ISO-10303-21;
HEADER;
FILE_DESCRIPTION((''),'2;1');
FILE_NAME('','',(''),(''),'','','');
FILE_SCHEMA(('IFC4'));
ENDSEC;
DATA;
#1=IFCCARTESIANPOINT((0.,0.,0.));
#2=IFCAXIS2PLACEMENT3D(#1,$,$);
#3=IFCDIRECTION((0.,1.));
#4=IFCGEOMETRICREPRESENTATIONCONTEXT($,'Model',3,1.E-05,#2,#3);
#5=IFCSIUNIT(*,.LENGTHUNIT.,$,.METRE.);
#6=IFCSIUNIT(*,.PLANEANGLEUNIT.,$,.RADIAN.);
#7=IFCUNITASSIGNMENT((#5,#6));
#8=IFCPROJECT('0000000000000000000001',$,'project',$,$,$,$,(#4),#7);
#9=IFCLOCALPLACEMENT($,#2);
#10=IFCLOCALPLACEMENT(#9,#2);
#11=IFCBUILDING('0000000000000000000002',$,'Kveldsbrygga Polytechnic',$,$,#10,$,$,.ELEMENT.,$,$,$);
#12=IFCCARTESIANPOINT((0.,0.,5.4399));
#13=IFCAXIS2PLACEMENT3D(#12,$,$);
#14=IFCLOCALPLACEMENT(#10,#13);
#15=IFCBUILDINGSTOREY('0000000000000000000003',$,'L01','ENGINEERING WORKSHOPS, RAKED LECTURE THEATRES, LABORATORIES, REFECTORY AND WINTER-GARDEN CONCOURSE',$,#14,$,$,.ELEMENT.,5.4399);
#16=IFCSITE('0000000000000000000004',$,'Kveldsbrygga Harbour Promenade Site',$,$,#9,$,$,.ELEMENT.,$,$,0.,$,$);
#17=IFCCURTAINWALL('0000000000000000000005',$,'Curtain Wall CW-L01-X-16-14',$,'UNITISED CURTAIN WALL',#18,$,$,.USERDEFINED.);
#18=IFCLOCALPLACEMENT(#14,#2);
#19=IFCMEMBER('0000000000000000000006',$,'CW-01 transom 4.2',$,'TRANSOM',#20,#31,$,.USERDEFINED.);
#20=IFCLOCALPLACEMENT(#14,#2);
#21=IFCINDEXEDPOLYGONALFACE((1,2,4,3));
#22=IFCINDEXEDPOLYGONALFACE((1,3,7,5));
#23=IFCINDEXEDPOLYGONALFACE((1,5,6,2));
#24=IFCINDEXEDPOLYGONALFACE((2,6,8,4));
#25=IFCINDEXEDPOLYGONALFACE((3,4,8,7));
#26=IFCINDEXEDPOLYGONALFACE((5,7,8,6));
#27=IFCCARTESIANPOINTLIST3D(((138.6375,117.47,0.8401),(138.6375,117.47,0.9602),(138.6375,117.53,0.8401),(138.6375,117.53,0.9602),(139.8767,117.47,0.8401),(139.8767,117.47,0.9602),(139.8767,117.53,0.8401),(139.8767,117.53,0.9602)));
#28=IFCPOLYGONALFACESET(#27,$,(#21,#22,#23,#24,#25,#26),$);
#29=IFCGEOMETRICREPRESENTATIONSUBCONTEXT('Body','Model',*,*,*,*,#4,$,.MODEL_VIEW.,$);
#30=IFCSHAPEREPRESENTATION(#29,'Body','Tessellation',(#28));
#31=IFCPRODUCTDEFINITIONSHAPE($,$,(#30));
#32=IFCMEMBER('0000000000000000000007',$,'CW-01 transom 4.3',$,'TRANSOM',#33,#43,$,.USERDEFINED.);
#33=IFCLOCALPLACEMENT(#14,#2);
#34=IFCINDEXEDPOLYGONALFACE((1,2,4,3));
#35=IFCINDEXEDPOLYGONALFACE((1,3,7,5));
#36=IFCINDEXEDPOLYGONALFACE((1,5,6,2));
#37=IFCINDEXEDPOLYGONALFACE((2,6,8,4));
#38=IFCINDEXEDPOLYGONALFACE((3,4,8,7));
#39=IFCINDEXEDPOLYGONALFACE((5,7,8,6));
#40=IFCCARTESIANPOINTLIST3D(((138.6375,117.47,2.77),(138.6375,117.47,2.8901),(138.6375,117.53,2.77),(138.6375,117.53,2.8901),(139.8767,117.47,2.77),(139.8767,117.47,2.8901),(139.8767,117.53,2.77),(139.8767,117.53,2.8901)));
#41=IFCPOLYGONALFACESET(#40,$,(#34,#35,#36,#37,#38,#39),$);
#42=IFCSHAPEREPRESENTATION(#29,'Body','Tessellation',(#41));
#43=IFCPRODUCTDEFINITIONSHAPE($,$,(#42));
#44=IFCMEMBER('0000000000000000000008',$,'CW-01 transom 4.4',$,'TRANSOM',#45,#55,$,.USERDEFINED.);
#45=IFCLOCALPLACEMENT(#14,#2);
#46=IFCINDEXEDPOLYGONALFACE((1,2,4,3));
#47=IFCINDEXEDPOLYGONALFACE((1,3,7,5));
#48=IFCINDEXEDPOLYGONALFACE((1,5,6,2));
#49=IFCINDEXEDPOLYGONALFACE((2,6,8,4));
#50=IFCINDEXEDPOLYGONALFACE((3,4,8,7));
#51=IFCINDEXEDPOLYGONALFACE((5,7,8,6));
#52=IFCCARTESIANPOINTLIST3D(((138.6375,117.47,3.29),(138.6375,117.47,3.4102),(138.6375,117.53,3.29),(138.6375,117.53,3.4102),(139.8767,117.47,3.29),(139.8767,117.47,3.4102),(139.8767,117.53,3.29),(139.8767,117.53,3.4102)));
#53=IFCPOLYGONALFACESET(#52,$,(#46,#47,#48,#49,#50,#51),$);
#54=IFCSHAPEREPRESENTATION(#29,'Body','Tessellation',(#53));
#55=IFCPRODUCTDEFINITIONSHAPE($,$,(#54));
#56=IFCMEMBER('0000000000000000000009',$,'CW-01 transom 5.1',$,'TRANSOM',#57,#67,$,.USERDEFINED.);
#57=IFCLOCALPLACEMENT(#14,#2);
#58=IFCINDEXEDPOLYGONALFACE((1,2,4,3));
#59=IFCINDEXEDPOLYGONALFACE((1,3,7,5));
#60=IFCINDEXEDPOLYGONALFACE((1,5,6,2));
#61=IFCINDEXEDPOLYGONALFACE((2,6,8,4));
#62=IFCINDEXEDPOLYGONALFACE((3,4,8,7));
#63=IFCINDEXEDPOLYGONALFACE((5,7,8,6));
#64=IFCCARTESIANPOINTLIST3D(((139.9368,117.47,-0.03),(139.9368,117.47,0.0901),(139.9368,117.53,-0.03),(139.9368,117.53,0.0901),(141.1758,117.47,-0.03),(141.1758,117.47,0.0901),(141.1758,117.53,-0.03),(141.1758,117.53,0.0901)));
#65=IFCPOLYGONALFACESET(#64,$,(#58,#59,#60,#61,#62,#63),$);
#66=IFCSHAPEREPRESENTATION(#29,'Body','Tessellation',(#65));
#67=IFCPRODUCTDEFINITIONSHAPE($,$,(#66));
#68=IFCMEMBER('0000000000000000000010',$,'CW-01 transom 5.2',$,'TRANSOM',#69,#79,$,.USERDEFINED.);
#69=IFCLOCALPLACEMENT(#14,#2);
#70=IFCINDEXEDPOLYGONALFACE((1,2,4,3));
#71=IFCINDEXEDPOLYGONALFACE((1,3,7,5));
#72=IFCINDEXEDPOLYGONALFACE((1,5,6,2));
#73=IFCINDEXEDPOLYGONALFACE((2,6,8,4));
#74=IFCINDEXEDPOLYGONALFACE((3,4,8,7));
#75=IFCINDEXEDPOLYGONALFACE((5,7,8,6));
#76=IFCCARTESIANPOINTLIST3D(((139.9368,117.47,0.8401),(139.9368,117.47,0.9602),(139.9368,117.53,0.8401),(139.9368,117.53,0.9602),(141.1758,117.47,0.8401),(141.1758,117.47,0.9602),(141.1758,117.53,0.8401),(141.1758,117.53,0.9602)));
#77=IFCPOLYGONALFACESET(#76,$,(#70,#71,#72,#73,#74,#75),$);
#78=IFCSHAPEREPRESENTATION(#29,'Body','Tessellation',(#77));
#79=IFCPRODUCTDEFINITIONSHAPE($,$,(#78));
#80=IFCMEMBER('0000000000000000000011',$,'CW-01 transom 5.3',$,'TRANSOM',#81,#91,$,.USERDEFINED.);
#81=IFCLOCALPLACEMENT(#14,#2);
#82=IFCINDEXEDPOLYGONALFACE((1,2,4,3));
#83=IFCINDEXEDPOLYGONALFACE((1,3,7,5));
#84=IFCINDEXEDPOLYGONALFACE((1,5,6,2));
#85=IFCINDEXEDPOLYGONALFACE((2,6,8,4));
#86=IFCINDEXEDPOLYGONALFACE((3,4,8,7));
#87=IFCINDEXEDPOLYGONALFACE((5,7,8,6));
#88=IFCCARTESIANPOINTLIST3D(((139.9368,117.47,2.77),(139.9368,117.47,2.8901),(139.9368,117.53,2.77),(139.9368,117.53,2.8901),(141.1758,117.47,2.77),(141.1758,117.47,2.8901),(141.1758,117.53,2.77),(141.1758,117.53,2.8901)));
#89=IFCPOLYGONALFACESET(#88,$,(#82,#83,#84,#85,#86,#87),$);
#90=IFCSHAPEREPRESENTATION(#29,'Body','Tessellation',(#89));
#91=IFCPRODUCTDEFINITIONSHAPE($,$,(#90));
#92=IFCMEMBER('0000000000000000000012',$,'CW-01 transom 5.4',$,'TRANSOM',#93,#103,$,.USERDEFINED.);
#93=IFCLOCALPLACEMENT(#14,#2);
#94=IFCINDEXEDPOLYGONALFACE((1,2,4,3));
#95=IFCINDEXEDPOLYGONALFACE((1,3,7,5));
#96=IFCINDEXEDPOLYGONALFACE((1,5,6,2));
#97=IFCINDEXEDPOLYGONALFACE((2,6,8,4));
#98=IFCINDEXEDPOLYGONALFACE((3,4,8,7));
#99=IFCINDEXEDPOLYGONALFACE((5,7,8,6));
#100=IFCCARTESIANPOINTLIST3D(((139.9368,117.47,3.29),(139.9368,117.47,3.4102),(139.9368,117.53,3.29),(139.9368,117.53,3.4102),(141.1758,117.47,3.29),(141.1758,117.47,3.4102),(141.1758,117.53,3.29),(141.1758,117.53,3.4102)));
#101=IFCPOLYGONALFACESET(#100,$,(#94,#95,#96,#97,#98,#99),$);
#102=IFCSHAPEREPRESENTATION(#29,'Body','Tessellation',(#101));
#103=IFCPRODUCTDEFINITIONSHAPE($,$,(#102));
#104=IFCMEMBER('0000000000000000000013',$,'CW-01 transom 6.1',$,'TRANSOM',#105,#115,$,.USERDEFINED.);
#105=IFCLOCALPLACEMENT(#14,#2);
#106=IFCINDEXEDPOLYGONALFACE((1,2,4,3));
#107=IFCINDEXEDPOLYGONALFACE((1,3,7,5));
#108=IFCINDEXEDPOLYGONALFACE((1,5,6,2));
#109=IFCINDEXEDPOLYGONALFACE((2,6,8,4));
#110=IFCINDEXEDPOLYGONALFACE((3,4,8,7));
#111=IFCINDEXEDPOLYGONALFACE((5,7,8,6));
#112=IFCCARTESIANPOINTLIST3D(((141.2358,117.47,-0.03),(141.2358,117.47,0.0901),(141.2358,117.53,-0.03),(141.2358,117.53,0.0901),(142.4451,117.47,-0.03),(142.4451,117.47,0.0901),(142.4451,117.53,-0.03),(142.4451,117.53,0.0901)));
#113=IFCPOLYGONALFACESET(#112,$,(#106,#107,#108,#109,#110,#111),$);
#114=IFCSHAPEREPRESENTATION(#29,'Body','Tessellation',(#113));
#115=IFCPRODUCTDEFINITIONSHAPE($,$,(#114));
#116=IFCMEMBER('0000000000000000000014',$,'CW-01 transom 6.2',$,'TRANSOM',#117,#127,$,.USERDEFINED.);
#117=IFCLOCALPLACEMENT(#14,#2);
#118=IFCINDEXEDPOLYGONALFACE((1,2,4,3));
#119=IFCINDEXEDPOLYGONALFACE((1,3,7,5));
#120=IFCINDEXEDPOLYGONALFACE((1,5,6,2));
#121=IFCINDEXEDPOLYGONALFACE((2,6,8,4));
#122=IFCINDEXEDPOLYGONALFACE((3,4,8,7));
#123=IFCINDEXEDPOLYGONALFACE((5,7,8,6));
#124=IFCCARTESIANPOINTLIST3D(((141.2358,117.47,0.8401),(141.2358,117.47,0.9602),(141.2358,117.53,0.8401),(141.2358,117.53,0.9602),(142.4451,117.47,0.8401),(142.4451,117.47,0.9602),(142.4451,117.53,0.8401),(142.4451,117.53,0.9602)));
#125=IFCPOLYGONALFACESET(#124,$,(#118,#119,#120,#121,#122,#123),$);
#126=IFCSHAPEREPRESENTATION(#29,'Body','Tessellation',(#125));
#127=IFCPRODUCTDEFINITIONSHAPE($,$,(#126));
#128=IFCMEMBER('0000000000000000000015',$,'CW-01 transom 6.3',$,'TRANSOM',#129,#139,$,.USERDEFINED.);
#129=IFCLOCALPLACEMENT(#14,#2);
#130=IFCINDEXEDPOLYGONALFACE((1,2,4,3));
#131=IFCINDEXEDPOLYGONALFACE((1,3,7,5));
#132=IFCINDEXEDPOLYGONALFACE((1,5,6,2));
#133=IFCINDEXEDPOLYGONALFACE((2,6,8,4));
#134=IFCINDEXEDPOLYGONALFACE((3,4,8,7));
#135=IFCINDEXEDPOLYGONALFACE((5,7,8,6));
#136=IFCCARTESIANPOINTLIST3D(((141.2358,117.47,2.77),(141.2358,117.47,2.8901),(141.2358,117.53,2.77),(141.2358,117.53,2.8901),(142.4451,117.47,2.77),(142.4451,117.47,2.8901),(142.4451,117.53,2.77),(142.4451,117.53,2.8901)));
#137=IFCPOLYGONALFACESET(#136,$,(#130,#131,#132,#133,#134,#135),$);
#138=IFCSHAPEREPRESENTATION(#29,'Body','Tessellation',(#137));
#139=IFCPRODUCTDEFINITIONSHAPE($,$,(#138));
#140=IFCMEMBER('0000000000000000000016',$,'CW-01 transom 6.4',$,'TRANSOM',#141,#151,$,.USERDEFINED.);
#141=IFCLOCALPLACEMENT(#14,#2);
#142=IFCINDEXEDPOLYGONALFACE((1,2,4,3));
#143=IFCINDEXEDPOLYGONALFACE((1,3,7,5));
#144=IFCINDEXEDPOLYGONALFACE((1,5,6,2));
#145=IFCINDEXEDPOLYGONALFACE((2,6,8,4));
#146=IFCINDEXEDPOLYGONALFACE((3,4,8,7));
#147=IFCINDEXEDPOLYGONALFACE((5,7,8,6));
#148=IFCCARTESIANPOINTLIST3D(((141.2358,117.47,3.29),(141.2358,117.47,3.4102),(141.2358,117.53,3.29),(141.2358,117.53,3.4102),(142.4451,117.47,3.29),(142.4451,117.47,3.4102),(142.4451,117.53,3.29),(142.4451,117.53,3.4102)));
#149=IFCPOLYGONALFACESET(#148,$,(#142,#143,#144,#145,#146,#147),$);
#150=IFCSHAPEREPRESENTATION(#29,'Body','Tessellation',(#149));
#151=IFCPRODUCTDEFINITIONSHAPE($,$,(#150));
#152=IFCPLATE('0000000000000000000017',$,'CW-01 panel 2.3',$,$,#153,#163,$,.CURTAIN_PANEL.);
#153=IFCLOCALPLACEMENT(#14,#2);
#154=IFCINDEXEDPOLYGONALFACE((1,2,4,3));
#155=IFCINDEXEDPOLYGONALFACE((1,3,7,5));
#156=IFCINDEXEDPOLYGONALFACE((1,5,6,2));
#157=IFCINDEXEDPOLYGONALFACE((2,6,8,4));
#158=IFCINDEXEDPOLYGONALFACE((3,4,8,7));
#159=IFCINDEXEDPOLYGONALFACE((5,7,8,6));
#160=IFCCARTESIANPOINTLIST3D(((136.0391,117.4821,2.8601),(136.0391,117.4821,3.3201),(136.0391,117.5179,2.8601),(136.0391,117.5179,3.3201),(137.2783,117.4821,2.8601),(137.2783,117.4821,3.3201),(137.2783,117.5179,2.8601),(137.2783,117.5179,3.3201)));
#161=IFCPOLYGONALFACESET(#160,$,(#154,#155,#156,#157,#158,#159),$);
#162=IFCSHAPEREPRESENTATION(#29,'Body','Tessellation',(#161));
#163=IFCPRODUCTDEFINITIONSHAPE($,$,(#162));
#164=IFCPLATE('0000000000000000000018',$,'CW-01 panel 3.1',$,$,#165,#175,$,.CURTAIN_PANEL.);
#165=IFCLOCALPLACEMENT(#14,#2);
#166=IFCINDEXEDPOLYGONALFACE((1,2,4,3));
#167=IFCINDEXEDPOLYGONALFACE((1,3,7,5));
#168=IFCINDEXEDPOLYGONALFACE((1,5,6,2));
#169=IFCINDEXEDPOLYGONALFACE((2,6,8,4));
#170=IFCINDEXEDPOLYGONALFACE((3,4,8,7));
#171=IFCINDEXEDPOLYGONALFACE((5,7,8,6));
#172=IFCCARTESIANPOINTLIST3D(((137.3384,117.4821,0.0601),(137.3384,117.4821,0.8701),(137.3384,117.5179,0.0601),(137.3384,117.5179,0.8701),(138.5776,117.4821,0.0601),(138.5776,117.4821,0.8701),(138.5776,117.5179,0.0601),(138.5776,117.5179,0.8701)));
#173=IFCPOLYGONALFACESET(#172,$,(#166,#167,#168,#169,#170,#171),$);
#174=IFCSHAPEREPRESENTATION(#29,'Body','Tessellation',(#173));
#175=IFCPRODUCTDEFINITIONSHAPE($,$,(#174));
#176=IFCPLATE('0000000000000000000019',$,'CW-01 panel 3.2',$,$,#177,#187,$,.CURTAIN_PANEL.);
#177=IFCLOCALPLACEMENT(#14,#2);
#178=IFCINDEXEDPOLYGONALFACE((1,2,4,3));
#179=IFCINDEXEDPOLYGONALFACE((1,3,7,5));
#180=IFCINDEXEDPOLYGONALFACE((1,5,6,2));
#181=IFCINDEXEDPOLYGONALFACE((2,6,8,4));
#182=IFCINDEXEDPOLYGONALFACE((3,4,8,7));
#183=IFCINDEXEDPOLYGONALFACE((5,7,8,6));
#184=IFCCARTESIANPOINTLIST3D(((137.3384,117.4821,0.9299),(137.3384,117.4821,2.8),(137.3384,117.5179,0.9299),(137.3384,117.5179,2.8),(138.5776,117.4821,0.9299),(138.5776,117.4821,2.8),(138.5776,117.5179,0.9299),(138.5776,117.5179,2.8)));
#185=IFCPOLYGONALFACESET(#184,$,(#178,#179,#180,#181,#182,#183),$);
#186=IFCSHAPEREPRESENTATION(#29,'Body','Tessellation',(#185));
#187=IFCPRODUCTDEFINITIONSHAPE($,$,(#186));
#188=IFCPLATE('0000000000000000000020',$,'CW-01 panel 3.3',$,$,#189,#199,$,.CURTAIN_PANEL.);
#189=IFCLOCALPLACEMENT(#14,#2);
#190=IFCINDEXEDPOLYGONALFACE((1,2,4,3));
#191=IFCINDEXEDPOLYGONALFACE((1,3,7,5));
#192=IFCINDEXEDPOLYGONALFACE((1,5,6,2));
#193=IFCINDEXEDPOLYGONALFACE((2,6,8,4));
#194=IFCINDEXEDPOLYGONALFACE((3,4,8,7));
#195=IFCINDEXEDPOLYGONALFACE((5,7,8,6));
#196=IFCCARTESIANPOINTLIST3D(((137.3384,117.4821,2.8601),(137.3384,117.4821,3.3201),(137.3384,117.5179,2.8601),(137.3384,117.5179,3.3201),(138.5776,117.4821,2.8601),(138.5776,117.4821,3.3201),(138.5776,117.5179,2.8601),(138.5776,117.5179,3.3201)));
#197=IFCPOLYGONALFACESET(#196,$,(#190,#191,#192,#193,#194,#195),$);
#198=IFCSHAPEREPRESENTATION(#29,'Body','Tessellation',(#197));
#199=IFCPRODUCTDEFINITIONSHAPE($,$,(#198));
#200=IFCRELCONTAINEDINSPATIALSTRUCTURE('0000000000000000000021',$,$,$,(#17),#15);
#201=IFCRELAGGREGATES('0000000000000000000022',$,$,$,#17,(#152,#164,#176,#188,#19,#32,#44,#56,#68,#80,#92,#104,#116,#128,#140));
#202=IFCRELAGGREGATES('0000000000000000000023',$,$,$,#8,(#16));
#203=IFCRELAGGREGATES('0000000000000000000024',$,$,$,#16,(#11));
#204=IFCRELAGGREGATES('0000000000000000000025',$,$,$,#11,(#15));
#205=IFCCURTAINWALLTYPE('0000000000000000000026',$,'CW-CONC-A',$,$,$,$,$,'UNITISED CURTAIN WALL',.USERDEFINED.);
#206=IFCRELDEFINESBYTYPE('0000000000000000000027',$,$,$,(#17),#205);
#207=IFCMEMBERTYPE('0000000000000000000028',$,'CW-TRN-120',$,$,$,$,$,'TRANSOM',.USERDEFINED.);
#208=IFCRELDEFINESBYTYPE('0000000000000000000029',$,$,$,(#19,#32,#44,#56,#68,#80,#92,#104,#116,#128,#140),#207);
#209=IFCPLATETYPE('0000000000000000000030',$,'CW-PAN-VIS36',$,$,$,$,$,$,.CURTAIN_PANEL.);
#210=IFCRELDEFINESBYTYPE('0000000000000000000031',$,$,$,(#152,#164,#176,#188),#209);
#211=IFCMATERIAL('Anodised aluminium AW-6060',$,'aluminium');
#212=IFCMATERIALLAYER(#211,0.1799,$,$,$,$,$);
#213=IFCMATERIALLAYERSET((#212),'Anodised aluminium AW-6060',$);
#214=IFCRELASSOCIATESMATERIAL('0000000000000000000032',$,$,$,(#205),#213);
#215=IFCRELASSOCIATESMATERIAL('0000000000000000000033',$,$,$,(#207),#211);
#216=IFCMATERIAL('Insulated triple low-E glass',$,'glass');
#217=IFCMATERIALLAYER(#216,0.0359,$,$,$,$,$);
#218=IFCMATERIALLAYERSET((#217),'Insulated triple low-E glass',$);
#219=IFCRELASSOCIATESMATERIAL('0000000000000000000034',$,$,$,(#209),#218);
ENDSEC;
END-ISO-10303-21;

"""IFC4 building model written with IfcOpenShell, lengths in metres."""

from ifc_helpers import new_model, si_unit, direction, frame, origin, origin_2d, place, context, subcontext, project, spatial, rectangle, extrude, material, layer, layer_set, material_profile, profile_set, type_object, element, aggregate, save


model = new_model("IFC4")

# Units and contexts
model_context = context("Model", 3, precision=1e-05, world=origin(), true_north=direction((0.0, 1.0)))
body_context = subcontext(model_context, "Body", "Model", "MODEL_VIEW")
ifc_project = project(units=[si_unit("LENGTHUNIT", "METRE"), si_unit("PLANEANGLEUNIT", "RADIAN")], contexts=[model_context])

# Site, building, storey
site_placement = place(None, origin())
site = spatial("IfcSite", under=ifc_project, at=site_placement, Name="Kveldsbrygga Harbour Promenade Site", CompositionType="ELEMENT", RefElevation=0.0)
building_placement = place(site_placement, origin())
building = spatial("IfcBuilding", under=site, at=building_placement, Name="Kveldsbrygga Polytechnic", CompositionType="ELEMENT")
storey_placement = place(building_placement, frame((0.0, 0.0, 5.4399)))
storey = spatial("IfcBuildingStorey", under=building, at=storey_placement, Name="L01", Description="ENGINEERING WORKSHOPS, RAKED LECTURE THEATRES, LABORATORIES, REFECTORY AND WINTER-GARDEN CONCOURSE", CompositionType="ELEMENT", Elevation=5.4399)

# Curtain wall, members, plates
ifc_material_1 = material(Name="Anodised aluminium AW-6060", Category="aluminium")
ifc_layer_1 = layer(ifc_material_1, 0.1799)
ifc_layer_set_1 = layer_set([ifc_layer_1], Name="Anodised aluminium AW-6060")
curtain_wall_type = type_object("IfcCurtainWallType", Name="CW-CONC-A", ElementType="UNITISED CURTAIN WALL", PredefinedType="USERDEFINED", material=ifc_layer_set_1)
curtain_wall_placement = place(storey_placement, origin())
curtain_wall = element("IfcCurtainWall", 1, at=curtain_wall_placement, inside=storey, type_object=curtain_wall_type, Name="Curtain Wall CW-L01-X-16-14", ObjectType="UNITISED CURTAIN WALL", PredefinedType="USERDEFINED")
ifc_material_profile_1 = material_profile(ifc_material_1, rectangle(XDim=0.0601, YDim=0.1201, at=origin_2d()), Name="ALU 60x120")
ifc_profile_set_1 = profile_set([ifc_material_profile_1], Name="Anodised aluminium AW-6060")
member_type_1 = type_object("IfcMemberType", Name="CW-TRN-120", ElementType="TRANSOM", PredefinedType="USERDEFINED", material=ifc_profile_set_1)
member_1_placement = place(storey_placement, frame((138.6375, 117.5, 0.9001), z_axis=(1.0, 0.0, 0.0), x_axis=(0.0, 1.0, 0.0)))
member_1 = element("IfcMember", 2, at=member_1_placement, type_object=member_type_1, Name="CW-01 transom 4.2", ObjectType="TRANSOM", PredefinedType="USERDEFINED", context=body_context, shape_type="SweptSolid", body=[
    extrude(rectangle(XDim=0.0601, YDim=0.1201, at=origin_2d()), origin(), (0.0, 0.0, 1.0), 1.2393),
])
member_2_placement = place(storey_placement, frame((138.6375, 117.5, 2.8301), z_axis=(1.0, 0.0, 0.0), x_axis=(0.0, 1.0, 0.0)))
member_2 = element("IfcMember", 3, at=member_2_placement, type_object=member_type_1, Name="CW-01 transom 4.3", ObjectType="TRANSOM", PredefinedType="USERDEFINED", context=body_context, shape_type="SweptSolid", body=[
    extrude(rectangle(XDim=0.0601, YDim=0.1201, at=origin_2d()), origin(), (0.0, 0.0, 1.0), 1.2393),
])
member_3_placement = place(storey_placement, frame((138.6375, 117.5, 3.3501), z_axis=(1.0, 0.0, 0.0), x_axis=(0.0, 1.0, 0.0)))
member_3 = element("IfcMember", 4, at=member_3_placement, type_object=member_type_1, Name="CW-01 transom 4.4", ObjectType="TRANSOM", PredefinedType="USERDEFINED", context=body_context, shape_type="SweptSolid", body=[
    extrude(rectangle(XDim=0.0601, YDim=0.1201, at=origin_2d()), origin(), (0.0, 0.0, 1.0), 1.2393),
])
member_4_placement = place(storey_placement, frame((139.9368, 117.5, 0.03), z_axis=(1.0, 0.0, 0.0), x_axis=(0.0, 1.0, 0.0)))
member_4 = element("IfcMember", 5, at=member_4_placement, type_object=member_type_1, Name="CW-01 transom 5.1", ObjectType="TRANSOM", PredefinedType="USERDEFINED", context=body_context, shape_type="SweptSolid", body=[
    extrude(rectangle(XDim=0.0601, YDim=0.1201, at=origin_2d()), origin(), (0.0, 0.0, 1.0), 1.239),
])
member_5_placement = place(storey_placement, frame((139.9368, 117.5, 0.9001), z_axis=(1.0, 0.0, 0.0), x_axis=(0.0, 1.0, 0.0)))
member_5 = element("IfcMember", 6, at=member_5_placement, type_object=member_type_1, Name="CW-01 transom 5.2", ObjectType="TRANSOM", PredefinedType="USERDEFINED", context=body_context, shape_type="SweptSolid", body=[
    extrude(rectangle(XDim=0.0601, YDim=0.1201, at=origin_2d()), origin(), (0.0, 0.0, 1.0), 1.239),
])
member_6_placement = place(storey_placement, frame((139.9368, 117.5, 2.8301), z_axis=(1.0, 0.0, 0.0), x_axis=(0.0, 1.0, 0.0)))
member_6 = element("IfcMember", 7, at=member_6_placement, type_object=member_type_1, Name="CW-01 transom 5.3", ObjectType="TRANSOM", PredefinedType="USERDEFINED", context=body_context, shape_type="SweptSolid", body=[
    extrude(rectangle(XDim=0.0601, YDim=0.1201, at=origin_2d()), origin(), (0.0, 0.0, 1.0), 1.239),
])
member_7_placement = place(storey_placement, frame((139.9368, 117.5, 3.3501), z_axis=(1.0, 0.0, 0.0), x_axis=(0.0, 1.0, 0.0)))
member_7 = element("IfcMember", 8, at=member_7_placement, type_object=member_type_1, Name="CW-01 transom 5.4", ObjectType="TRANSOM", PredefinedType="USERDEFINED", context=body_context, shape_type="SweptSolid", body=[
    extrude(rectangle(XDim=0.0601, YDim=0.1201, at=origin_2d()), origin(), (0.0, 0.0, 1.0), 1.239),
])
member_8_placement = place(storey_placement, frame((141.2358, 117.5, 0.03), z_axis=(1.0, 0.0, 0.0), x_axis=(0.0, 1.0, 0.0)))
member_8 = element("IfcMember", 9, at=member_8_placement, type_object=member_type_1, Name="CW-01 transom 6.1", ObjectType="TRANSOM", PredefinedType="USERDEFINED", context=body_context, shape_type="SweptSolid", body=[
    extrude(rectangle(XDim=0.0601, YDim=0.1201, at=origin_2d()), origin(), (0.0, 0.0, 1.0), 1.2092),
])
member_9_placement = place(storey_placement, frame((141.2358, 117.5, 0.9001), z_axis=(1.0, 0.0, 0.0), x_axis=(0.0, 1.0, 0.0)))
member_9 = element("IfcMember", 10, at=member_9_placement, type_object=member_type_1, Name="CW-01 transom 6.2", ObjectType="TRANSOM", PredefinedType="USERDEFINED", context=body_context, shape_type="SweptSolid", body=[
    extrude(rectangle(XDim=0.0601, YDim=0.1201, at=origin_2d()), origin(), (0.0, 0.0, 1.0), 1.2092),
])
member_10_placement = place(storey_placement, frame((141.2358, 117.5, 2.8301), z_axis=(1.0, 0.0, 0.0), x_axis=(0.0, 1.0, 0.0)))
member_10 = element("IfcMember", 11, at=member_10_placement, type_object=member_type_1, Name="CW-01 transom 6.3", ObjectType="TRANSOM", PredefinedType="USERDEFINED", context=body_context, shape_type="SweptSolid", body=[
    extrude(rectangle(XDim=0.0601, YDim=0.1201, at=origin_2d()), origin(), (0.0, 0.0, 1.0), 1.2092),
])
member_11_placement = place(storey_placement, frame((141.2358, 117.5, 3.3501), z_axis=(1.0, 0.0, 0.0), x_axis=(0.0, 1.0, 0.0)))
member_11 = element("IfcMember", 12, at=member_11_placement, type_object=member_type_1, Name="CW-01 transom 6.4", ObjectType="TRANSOM", PredefinedType="USERDEFINED", context=body_context, shape_type="SweptSolid", body=[
    extrude(rectangle(XDim=0.0601, YDim=0.1201, at=origin_2d()), origin(), (0.0, 0.0, 1.0), 1.2092),
])
ifc_material_2 = material(Name="Insulated triple low-E glass", Category="glass")
ifc_layer_2 = layer(ifc_material_2, 0.0359)
ifc_layer_set_2 = layer_set([ifc_layer_2], Name="Insulated triple low-E glass")
plate_type = type_object("IfcPlateType", Name="CW-PAN-VIS36", PredefinedType="CURTAIN_PANEL", material=ifc_layer_set_2)
plate_1_placement = place(storey_placement, frame((136.6587, 117.5, 2.8601), z_axis=(0.0, 0.0, 1.0), x_axis=(1.0, 0.0, 0.0)))
plate_1 = element("IfcPlate", 13, at=plate_1_placement, type_object=plate_type, Name="CW-01 panel 2.3", PredefinedType="CURTAIN_PANEL", context=body_context, shape_type="SweptSolid", body=[
    extrude(rectangle(XDim=1.2393, YDim=0.0359, at=origin_2d()), origin(), (0.0, 0.0, 1.0), 0.46),
])
plate_2_placement = place(storey_placement, frame((137.958, 117.5, 0.0601), z_axis=(0.0, 0.0, 1.0), x_axis=(1.0, 0.0, 0.0)))
plate_2 = element("IfcPlate", 14, at=plate_2_placement, type_object=plate_type, Name="CW-01 panel 3.1", PredefinedType="CURTAIN_PANEL", context=body_context, shape_type="SweptSolid", body=[
    extrude(rectangle(XDim=1.2393, YDim=0.0359, at=origin_2d()), origin(), (0.0, 0.0, 1.0), 0.8101),
])
plate_3_placement = place(storey_placement, frame((137.958, 117.5, 0.9299), z_axis=(0.0, 0.0, 1.0), x_axis=(1.0, 0.0, 0.0)))
plate_3 = element("IfcPlate", 15, at=plate_3_placement, type_object=plate_type, Name="CW-01 panel 3.2", PredefinedType="CURTAIN_PANEL", context=body_context, shape_type="SweptSolid", body=[
    extrude(rectangle(XDim=1.2393, YDim=0.0359, at=origin_2d()), origin(), (0.0, 0.0, 1.0), 1.8701),
])
plate_4_placement = place(storey_placement, frame((137.958, 117.5, 2.8601), z_axis=(0.0, 0.0, 1.0), x_axis=(1.0, 0.0, 0.0)))
plate_4 = element("IfcPlate", 16, at=plate_4_placement, type_object=plate_type, Name="CW-01 panel 3.3", PredefinedType="CURTAIN_PANEL", context=body_context, shape_type="SweptSolid", body=[
    extrude(rectangle(XDim=1.2393, YDim=0.0359, at=origin_2d()), origin(), (0.0, 0.0, 1.0), 0.46),
])
aggregate(curtain_wall, [plate_1, plate_2, plate_3, plate_4, member_1, member_2, member_3, member_4, member_5, member_6, member_7, member_8, member_9, member_10, member_11])

save(model, "model.ifc")
